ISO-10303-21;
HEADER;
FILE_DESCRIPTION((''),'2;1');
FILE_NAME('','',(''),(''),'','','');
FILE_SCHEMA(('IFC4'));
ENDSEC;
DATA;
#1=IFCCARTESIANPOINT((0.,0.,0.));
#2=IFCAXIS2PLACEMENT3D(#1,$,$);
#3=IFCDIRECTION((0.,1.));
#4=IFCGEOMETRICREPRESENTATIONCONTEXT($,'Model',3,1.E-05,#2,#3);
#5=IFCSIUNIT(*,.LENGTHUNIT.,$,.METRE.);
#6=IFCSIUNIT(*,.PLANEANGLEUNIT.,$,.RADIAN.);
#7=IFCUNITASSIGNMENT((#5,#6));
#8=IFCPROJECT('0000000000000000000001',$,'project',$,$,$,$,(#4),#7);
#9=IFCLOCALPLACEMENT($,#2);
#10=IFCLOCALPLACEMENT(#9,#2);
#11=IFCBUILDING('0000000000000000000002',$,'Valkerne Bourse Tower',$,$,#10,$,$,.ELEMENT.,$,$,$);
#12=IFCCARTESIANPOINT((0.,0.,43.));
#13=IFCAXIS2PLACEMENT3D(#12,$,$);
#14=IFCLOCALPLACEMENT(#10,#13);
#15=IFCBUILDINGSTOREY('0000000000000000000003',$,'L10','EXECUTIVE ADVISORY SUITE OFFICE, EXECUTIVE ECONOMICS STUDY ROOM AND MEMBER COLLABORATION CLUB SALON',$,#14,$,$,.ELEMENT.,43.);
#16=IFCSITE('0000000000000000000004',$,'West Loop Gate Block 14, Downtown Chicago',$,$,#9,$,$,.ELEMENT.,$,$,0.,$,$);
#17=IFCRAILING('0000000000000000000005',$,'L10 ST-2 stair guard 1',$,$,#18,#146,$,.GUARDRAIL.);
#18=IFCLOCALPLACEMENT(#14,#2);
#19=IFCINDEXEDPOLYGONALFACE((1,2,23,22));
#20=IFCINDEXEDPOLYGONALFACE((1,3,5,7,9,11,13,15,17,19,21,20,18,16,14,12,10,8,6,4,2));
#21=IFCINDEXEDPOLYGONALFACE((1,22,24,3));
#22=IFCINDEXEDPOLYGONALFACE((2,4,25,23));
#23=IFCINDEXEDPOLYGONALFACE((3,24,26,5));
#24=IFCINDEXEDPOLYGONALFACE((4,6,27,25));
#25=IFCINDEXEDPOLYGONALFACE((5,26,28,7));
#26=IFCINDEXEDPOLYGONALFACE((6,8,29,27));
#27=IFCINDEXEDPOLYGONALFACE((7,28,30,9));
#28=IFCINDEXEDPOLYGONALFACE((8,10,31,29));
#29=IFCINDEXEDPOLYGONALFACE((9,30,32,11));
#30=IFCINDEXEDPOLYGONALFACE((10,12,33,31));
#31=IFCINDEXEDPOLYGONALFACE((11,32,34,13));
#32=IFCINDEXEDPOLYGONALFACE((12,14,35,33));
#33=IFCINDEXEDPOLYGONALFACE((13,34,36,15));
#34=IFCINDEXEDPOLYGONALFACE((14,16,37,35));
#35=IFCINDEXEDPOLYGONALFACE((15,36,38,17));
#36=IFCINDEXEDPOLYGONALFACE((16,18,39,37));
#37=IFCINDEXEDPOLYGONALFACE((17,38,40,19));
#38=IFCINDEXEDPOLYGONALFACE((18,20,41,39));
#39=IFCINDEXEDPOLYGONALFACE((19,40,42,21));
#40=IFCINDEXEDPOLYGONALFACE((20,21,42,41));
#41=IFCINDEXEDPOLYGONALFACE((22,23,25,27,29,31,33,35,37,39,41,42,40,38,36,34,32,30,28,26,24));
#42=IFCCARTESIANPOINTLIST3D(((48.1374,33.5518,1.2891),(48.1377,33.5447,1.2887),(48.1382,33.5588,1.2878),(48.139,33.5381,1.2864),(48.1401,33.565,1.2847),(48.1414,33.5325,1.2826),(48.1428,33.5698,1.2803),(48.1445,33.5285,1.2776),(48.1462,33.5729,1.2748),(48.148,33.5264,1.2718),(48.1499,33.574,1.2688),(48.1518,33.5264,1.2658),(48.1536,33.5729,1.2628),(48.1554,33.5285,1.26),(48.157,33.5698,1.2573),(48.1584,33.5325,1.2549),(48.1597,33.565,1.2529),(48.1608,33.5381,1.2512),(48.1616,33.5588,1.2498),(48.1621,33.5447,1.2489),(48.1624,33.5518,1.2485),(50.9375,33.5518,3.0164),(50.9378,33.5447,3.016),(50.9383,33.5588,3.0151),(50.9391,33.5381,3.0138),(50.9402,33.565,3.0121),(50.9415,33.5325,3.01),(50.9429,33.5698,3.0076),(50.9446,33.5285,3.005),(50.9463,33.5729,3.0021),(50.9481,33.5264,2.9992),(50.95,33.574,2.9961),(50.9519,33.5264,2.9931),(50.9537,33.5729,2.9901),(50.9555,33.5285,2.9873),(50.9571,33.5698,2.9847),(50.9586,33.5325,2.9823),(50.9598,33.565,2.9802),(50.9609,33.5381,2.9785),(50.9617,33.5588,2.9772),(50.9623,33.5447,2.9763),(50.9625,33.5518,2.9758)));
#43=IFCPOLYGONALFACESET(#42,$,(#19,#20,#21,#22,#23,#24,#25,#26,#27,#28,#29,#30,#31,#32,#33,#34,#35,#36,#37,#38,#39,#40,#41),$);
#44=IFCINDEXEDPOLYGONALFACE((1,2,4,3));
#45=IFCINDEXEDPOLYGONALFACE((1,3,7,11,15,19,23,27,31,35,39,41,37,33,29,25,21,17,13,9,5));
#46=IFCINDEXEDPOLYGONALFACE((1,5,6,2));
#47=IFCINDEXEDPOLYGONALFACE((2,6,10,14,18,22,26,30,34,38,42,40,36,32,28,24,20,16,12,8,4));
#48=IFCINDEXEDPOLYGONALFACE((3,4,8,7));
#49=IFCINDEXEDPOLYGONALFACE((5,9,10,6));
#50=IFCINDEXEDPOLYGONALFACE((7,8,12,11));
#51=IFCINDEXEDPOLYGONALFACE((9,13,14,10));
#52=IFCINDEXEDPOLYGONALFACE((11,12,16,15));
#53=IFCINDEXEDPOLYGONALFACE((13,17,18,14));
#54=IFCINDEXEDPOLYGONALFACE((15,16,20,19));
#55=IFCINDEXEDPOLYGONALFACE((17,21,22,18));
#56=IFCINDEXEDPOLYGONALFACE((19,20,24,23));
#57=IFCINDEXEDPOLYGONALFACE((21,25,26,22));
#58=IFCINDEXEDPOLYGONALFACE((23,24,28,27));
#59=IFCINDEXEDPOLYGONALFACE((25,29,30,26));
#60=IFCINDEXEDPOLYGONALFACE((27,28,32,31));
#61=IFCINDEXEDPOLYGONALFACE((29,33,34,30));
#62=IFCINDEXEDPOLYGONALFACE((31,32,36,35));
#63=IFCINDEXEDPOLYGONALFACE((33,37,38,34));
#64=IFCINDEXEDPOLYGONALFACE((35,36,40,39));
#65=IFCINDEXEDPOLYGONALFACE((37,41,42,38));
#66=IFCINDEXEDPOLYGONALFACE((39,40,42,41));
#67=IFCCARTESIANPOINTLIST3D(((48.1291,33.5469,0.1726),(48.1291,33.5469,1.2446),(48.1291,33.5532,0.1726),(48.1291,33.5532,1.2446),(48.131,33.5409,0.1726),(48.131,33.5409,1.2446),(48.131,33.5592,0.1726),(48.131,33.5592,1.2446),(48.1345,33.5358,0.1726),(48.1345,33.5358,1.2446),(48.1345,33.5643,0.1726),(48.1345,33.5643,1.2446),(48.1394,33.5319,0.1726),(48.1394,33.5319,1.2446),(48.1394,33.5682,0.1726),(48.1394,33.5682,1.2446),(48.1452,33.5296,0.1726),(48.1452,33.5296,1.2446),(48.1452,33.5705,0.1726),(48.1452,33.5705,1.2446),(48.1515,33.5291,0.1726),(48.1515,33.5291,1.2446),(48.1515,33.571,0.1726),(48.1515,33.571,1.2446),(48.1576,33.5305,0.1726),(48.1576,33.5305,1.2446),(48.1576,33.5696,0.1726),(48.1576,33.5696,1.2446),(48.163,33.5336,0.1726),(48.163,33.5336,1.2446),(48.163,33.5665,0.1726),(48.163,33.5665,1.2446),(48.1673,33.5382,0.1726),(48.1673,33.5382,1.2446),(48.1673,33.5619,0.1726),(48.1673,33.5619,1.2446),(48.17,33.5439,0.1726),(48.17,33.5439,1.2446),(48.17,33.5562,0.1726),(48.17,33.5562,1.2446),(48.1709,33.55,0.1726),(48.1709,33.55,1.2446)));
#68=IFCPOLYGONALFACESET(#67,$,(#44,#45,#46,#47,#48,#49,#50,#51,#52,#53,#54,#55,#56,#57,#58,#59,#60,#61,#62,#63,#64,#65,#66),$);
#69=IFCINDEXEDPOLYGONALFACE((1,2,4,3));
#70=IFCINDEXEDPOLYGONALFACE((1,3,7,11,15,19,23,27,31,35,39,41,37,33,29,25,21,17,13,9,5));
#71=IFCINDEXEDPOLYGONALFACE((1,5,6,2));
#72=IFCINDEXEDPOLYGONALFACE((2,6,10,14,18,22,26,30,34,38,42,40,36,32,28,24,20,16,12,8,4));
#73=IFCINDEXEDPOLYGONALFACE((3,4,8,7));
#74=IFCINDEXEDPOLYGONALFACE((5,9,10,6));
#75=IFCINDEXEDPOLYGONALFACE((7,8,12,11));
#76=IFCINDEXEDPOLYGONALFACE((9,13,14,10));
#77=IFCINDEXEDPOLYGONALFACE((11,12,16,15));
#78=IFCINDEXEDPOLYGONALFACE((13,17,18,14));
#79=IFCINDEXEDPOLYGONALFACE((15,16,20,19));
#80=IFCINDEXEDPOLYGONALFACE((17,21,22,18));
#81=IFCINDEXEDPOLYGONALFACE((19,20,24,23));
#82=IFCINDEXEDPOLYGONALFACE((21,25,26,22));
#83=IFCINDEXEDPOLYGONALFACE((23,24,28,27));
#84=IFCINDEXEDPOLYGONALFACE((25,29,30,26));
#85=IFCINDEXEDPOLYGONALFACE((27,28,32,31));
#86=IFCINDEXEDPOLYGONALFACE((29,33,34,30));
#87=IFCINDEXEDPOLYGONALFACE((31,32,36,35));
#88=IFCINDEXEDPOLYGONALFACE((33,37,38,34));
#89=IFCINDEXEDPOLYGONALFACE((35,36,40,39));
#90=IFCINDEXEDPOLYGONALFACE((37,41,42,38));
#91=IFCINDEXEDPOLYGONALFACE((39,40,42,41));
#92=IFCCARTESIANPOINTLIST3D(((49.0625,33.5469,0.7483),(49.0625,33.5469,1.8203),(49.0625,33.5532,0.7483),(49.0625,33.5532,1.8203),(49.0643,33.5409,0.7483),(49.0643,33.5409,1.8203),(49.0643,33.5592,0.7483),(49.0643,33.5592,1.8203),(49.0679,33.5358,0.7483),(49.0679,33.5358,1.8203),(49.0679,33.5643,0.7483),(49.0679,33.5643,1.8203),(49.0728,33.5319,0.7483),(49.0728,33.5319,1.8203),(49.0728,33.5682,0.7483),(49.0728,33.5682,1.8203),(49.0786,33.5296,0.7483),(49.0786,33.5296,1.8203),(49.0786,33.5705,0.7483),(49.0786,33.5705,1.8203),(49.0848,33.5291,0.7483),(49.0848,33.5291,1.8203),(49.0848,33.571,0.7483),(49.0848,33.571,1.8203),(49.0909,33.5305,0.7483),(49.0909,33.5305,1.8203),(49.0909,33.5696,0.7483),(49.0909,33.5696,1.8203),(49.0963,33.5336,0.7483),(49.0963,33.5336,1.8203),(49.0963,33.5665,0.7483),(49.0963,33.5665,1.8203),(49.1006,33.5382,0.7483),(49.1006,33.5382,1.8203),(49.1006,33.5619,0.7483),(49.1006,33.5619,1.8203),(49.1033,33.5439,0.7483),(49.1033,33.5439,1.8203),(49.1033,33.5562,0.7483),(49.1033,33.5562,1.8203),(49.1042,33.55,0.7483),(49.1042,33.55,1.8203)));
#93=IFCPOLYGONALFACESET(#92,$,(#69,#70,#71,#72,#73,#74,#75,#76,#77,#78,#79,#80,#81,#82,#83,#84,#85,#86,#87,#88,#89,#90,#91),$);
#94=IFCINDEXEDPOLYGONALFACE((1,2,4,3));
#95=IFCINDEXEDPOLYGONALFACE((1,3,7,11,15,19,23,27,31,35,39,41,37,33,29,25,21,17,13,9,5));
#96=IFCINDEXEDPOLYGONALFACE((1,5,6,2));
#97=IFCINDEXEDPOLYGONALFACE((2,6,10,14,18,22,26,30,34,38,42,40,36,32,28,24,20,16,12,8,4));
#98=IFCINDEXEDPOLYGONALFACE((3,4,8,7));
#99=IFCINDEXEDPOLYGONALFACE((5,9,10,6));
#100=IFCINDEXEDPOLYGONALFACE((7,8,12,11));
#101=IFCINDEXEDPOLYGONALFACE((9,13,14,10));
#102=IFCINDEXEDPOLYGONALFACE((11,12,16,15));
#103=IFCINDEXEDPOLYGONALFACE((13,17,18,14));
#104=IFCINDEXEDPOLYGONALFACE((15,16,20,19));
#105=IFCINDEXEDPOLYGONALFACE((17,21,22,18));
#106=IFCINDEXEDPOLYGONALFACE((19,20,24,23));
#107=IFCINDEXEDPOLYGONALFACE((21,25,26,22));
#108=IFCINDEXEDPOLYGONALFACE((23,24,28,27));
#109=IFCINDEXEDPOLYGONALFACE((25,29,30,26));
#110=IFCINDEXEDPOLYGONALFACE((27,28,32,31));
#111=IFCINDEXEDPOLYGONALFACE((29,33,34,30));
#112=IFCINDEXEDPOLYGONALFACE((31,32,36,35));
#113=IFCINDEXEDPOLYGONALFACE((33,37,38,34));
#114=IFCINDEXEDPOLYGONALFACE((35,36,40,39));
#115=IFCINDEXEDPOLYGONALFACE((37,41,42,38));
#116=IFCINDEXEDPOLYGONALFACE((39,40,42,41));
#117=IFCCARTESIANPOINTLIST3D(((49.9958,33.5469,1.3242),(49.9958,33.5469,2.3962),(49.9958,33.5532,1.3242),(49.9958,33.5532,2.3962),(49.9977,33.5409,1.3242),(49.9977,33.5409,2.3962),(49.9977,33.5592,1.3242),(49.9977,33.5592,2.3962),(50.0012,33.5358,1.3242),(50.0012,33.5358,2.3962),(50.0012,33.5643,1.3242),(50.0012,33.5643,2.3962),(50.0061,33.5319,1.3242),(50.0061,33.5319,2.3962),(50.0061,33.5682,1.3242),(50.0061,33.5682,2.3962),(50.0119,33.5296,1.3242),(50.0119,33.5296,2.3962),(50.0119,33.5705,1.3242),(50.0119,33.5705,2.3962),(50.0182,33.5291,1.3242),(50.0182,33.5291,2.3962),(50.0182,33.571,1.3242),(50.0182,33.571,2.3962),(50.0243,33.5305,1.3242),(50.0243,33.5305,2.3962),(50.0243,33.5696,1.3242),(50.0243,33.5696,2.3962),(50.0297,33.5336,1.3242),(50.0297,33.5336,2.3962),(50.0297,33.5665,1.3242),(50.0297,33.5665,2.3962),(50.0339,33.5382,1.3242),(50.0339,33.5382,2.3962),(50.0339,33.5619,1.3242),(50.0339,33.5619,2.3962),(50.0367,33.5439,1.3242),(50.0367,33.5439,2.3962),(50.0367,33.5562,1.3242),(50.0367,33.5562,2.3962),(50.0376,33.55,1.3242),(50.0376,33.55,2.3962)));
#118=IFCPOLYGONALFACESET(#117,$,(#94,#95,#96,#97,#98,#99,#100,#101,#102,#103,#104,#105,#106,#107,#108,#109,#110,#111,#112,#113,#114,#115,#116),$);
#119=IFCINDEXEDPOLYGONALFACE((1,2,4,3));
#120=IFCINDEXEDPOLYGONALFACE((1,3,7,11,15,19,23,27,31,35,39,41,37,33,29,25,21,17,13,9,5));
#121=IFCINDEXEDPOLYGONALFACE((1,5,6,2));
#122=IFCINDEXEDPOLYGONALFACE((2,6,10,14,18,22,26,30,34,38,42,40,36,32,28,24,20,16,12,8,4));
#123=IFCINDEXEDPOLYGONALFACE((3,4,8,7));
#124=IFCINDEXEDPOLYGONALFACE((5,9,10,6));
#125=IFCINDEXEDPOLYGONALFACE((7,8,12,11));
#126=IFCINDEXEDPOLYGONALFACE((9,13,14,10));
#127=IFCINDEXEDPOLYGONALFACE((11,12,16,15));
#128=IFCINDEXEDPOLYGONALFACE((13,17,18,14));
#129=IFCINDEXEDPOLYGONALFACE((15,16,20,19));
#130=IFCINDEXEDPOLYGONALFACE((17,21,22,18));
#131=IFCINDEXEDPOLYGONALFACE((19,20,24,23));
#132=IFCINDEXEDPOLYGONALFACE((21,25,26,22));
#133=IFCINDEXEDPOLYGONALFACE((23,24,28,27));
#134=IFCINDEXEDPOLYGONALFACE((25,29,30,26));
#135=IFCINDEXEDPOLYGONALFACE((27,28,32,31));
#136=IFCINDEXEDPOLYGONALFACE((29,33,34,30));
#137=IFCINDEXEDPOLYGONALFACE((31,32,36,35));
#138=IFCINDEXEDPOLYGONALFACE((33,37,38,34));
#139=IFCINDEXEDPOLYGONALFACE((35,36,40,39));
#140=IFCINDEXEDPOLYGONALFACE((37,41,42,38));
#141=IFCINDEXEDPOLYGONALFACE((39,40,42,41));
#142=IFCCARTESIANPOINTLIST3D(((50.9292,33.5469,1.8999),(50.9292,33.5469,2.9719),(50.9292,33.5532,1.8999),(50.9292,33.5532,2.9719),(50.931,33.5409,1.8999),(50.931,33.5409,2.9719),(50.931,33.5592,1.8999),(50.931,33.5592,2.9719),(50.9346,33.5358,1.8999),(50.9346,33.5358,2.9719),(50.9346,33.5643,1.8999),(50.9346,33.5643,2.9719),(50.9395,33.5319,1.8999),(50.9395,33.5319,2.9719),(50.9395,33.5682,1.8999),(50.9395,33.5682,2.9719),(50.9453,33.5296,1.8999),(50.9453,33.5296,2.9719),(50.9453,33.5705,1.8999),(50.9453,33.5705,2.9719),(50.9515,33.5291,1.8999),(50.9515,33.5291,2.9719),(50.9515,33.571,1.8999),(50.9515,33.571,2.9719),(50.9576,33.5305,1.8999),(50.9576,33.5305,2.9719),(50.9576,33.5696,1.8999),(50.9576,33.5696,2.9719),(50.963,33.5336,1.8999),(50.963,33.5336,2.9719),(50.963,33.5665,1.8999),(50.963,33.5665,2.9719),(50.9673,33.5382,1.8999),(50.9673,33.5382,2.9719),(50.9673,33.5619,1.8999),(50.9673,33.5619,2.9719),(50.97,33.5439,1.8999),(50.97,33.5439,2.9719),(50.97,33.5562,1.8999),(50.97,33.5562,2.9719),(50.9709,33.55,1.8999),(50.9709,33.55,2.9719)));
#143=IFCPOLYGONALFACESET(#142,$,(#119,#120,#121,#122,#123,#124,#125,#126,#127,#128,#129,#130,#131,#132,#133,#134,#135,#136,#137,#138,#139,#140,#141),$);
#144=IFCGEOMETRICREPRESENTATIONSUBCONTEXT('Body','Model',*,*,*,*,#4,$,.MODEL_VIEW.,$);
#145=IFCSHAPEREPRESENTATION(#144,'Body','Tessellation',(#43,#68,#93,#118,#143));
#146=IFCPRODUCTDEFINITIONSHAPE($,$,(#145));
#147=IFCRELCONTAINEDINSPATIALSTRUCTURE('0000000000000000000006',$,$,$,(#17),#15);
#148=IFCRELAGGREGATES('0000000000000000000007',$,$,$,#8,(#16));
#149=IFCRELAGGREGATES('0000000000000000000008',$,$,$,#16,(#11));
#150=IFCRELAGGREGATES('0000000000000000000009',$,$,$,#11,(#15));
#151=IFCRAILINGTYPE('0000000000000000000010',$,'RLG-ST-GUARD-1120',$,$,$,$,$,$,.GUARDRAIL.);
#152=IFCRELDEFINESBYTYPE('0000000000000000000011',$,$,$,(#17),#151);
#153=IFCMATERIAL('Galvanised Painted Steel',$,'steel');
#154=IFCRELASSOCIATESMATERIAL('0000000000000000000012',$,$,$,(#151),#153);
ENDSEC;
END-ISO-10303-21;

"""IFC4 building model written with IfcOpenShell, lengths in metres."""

from ifc_helpers import new_model, si_unit, direction, frame, origin, origin_2d, place, context, subcontext, project, spatial, circle, extrude, material, type_object, element, save


model = new_model("IFC4")

# Units and contexts
model_context = context("Model", 3, precision=1e-05, world=origin(), true_north=direction((0.0, 1.0)))
body_context = subcontext(model_context, "Body", "Model", "MODEL_VIEW")
ifc_project = project(units=[si_unit("LENGTHUNIT", "METRE"), si_unit("PLANEANGLEUNIT", "RADIAN")], contexts=[model_context])

# Site, building, storey
site_placement = place(None, origin())
site = spatial("IfcSite", under=ifc_project, at=site_placement, Name="West Loop Gate Block 14, Downtown Chicago", CompositionType="ELEMENT", RefElevation=0.0)
building_placement = place(site_placement, origin())
building = spatial("IfcBuilding", under=site, at=building_placement, Name="Valkerne Bourse Tower", CompositionType="ELEMENT")
storey_placement = place(building_placement, frame((0.0, 0.0, 43.0)))
storey = spatial("IfcBuildingStorey", under=building, at=storey_placement, Name="L10", Description="EXECUTIVE ADVISORY SUITE OFFICE, EXECUTIVE ECONOMICS STUDY ROOM AND MEMBER COLLABORATION CLUB SALON", CompositionType="ELEMENT", Elevation=43.0)

# Shared definitions
ifc_material_1 = material(Name="Galvanised Painted Steel", Category="steel")

# Railing
railing_type_1 = type_object("IfcRailingType", Name="RLG-ST-GUARD-1120", PredefinedType="GUARDRAIL", material=ifc_material_1)
railing_1_placement = place(storey_placement, frame((48.1499, 33.55, 0.1726)))
element("IfcRailing", 1, at=railing_1_placement, inside=storey, type_object=railing_type_1, Name="L10 ST-2 stair guard 1", PredefinedType="GUARDRAIL", context=body_context, shape_type="SweptSolid", body=[
    extrude(circle(Radius=0.0239, at=origin_2d()), frame((0.0, 0.0, 1.0962), z_axis=(0.85109, 0.0, 0.52502), x_axis=(0.0, 1.0, 0.0)), (0.0, 0.0, 1.0), 3.29),
    extrude(circle(Radius=0.021, at=origin_2d()), origin(), (0.0, 0.0, 1.0), 1.072),
    extrude(circle(Radius=0.021, at=origin_2d()), frame((0.9333, 0.0, 0.5757)), (0.0, 0.0, 1.0), 1.072),
    extrude(circle(Radius=0.021, at=origin_2d()), frame((1.8667, 0.0, 1.1516)), (0.0, 0.0, 1.0), 1.072),
    extrude(circle(Radius=0.021, at=origin_2d()), frame((2.8, 0.0, 1.7273)), (0.0, 0.0, 1.0), 1.072),
])

save(model, "model.ifc")
